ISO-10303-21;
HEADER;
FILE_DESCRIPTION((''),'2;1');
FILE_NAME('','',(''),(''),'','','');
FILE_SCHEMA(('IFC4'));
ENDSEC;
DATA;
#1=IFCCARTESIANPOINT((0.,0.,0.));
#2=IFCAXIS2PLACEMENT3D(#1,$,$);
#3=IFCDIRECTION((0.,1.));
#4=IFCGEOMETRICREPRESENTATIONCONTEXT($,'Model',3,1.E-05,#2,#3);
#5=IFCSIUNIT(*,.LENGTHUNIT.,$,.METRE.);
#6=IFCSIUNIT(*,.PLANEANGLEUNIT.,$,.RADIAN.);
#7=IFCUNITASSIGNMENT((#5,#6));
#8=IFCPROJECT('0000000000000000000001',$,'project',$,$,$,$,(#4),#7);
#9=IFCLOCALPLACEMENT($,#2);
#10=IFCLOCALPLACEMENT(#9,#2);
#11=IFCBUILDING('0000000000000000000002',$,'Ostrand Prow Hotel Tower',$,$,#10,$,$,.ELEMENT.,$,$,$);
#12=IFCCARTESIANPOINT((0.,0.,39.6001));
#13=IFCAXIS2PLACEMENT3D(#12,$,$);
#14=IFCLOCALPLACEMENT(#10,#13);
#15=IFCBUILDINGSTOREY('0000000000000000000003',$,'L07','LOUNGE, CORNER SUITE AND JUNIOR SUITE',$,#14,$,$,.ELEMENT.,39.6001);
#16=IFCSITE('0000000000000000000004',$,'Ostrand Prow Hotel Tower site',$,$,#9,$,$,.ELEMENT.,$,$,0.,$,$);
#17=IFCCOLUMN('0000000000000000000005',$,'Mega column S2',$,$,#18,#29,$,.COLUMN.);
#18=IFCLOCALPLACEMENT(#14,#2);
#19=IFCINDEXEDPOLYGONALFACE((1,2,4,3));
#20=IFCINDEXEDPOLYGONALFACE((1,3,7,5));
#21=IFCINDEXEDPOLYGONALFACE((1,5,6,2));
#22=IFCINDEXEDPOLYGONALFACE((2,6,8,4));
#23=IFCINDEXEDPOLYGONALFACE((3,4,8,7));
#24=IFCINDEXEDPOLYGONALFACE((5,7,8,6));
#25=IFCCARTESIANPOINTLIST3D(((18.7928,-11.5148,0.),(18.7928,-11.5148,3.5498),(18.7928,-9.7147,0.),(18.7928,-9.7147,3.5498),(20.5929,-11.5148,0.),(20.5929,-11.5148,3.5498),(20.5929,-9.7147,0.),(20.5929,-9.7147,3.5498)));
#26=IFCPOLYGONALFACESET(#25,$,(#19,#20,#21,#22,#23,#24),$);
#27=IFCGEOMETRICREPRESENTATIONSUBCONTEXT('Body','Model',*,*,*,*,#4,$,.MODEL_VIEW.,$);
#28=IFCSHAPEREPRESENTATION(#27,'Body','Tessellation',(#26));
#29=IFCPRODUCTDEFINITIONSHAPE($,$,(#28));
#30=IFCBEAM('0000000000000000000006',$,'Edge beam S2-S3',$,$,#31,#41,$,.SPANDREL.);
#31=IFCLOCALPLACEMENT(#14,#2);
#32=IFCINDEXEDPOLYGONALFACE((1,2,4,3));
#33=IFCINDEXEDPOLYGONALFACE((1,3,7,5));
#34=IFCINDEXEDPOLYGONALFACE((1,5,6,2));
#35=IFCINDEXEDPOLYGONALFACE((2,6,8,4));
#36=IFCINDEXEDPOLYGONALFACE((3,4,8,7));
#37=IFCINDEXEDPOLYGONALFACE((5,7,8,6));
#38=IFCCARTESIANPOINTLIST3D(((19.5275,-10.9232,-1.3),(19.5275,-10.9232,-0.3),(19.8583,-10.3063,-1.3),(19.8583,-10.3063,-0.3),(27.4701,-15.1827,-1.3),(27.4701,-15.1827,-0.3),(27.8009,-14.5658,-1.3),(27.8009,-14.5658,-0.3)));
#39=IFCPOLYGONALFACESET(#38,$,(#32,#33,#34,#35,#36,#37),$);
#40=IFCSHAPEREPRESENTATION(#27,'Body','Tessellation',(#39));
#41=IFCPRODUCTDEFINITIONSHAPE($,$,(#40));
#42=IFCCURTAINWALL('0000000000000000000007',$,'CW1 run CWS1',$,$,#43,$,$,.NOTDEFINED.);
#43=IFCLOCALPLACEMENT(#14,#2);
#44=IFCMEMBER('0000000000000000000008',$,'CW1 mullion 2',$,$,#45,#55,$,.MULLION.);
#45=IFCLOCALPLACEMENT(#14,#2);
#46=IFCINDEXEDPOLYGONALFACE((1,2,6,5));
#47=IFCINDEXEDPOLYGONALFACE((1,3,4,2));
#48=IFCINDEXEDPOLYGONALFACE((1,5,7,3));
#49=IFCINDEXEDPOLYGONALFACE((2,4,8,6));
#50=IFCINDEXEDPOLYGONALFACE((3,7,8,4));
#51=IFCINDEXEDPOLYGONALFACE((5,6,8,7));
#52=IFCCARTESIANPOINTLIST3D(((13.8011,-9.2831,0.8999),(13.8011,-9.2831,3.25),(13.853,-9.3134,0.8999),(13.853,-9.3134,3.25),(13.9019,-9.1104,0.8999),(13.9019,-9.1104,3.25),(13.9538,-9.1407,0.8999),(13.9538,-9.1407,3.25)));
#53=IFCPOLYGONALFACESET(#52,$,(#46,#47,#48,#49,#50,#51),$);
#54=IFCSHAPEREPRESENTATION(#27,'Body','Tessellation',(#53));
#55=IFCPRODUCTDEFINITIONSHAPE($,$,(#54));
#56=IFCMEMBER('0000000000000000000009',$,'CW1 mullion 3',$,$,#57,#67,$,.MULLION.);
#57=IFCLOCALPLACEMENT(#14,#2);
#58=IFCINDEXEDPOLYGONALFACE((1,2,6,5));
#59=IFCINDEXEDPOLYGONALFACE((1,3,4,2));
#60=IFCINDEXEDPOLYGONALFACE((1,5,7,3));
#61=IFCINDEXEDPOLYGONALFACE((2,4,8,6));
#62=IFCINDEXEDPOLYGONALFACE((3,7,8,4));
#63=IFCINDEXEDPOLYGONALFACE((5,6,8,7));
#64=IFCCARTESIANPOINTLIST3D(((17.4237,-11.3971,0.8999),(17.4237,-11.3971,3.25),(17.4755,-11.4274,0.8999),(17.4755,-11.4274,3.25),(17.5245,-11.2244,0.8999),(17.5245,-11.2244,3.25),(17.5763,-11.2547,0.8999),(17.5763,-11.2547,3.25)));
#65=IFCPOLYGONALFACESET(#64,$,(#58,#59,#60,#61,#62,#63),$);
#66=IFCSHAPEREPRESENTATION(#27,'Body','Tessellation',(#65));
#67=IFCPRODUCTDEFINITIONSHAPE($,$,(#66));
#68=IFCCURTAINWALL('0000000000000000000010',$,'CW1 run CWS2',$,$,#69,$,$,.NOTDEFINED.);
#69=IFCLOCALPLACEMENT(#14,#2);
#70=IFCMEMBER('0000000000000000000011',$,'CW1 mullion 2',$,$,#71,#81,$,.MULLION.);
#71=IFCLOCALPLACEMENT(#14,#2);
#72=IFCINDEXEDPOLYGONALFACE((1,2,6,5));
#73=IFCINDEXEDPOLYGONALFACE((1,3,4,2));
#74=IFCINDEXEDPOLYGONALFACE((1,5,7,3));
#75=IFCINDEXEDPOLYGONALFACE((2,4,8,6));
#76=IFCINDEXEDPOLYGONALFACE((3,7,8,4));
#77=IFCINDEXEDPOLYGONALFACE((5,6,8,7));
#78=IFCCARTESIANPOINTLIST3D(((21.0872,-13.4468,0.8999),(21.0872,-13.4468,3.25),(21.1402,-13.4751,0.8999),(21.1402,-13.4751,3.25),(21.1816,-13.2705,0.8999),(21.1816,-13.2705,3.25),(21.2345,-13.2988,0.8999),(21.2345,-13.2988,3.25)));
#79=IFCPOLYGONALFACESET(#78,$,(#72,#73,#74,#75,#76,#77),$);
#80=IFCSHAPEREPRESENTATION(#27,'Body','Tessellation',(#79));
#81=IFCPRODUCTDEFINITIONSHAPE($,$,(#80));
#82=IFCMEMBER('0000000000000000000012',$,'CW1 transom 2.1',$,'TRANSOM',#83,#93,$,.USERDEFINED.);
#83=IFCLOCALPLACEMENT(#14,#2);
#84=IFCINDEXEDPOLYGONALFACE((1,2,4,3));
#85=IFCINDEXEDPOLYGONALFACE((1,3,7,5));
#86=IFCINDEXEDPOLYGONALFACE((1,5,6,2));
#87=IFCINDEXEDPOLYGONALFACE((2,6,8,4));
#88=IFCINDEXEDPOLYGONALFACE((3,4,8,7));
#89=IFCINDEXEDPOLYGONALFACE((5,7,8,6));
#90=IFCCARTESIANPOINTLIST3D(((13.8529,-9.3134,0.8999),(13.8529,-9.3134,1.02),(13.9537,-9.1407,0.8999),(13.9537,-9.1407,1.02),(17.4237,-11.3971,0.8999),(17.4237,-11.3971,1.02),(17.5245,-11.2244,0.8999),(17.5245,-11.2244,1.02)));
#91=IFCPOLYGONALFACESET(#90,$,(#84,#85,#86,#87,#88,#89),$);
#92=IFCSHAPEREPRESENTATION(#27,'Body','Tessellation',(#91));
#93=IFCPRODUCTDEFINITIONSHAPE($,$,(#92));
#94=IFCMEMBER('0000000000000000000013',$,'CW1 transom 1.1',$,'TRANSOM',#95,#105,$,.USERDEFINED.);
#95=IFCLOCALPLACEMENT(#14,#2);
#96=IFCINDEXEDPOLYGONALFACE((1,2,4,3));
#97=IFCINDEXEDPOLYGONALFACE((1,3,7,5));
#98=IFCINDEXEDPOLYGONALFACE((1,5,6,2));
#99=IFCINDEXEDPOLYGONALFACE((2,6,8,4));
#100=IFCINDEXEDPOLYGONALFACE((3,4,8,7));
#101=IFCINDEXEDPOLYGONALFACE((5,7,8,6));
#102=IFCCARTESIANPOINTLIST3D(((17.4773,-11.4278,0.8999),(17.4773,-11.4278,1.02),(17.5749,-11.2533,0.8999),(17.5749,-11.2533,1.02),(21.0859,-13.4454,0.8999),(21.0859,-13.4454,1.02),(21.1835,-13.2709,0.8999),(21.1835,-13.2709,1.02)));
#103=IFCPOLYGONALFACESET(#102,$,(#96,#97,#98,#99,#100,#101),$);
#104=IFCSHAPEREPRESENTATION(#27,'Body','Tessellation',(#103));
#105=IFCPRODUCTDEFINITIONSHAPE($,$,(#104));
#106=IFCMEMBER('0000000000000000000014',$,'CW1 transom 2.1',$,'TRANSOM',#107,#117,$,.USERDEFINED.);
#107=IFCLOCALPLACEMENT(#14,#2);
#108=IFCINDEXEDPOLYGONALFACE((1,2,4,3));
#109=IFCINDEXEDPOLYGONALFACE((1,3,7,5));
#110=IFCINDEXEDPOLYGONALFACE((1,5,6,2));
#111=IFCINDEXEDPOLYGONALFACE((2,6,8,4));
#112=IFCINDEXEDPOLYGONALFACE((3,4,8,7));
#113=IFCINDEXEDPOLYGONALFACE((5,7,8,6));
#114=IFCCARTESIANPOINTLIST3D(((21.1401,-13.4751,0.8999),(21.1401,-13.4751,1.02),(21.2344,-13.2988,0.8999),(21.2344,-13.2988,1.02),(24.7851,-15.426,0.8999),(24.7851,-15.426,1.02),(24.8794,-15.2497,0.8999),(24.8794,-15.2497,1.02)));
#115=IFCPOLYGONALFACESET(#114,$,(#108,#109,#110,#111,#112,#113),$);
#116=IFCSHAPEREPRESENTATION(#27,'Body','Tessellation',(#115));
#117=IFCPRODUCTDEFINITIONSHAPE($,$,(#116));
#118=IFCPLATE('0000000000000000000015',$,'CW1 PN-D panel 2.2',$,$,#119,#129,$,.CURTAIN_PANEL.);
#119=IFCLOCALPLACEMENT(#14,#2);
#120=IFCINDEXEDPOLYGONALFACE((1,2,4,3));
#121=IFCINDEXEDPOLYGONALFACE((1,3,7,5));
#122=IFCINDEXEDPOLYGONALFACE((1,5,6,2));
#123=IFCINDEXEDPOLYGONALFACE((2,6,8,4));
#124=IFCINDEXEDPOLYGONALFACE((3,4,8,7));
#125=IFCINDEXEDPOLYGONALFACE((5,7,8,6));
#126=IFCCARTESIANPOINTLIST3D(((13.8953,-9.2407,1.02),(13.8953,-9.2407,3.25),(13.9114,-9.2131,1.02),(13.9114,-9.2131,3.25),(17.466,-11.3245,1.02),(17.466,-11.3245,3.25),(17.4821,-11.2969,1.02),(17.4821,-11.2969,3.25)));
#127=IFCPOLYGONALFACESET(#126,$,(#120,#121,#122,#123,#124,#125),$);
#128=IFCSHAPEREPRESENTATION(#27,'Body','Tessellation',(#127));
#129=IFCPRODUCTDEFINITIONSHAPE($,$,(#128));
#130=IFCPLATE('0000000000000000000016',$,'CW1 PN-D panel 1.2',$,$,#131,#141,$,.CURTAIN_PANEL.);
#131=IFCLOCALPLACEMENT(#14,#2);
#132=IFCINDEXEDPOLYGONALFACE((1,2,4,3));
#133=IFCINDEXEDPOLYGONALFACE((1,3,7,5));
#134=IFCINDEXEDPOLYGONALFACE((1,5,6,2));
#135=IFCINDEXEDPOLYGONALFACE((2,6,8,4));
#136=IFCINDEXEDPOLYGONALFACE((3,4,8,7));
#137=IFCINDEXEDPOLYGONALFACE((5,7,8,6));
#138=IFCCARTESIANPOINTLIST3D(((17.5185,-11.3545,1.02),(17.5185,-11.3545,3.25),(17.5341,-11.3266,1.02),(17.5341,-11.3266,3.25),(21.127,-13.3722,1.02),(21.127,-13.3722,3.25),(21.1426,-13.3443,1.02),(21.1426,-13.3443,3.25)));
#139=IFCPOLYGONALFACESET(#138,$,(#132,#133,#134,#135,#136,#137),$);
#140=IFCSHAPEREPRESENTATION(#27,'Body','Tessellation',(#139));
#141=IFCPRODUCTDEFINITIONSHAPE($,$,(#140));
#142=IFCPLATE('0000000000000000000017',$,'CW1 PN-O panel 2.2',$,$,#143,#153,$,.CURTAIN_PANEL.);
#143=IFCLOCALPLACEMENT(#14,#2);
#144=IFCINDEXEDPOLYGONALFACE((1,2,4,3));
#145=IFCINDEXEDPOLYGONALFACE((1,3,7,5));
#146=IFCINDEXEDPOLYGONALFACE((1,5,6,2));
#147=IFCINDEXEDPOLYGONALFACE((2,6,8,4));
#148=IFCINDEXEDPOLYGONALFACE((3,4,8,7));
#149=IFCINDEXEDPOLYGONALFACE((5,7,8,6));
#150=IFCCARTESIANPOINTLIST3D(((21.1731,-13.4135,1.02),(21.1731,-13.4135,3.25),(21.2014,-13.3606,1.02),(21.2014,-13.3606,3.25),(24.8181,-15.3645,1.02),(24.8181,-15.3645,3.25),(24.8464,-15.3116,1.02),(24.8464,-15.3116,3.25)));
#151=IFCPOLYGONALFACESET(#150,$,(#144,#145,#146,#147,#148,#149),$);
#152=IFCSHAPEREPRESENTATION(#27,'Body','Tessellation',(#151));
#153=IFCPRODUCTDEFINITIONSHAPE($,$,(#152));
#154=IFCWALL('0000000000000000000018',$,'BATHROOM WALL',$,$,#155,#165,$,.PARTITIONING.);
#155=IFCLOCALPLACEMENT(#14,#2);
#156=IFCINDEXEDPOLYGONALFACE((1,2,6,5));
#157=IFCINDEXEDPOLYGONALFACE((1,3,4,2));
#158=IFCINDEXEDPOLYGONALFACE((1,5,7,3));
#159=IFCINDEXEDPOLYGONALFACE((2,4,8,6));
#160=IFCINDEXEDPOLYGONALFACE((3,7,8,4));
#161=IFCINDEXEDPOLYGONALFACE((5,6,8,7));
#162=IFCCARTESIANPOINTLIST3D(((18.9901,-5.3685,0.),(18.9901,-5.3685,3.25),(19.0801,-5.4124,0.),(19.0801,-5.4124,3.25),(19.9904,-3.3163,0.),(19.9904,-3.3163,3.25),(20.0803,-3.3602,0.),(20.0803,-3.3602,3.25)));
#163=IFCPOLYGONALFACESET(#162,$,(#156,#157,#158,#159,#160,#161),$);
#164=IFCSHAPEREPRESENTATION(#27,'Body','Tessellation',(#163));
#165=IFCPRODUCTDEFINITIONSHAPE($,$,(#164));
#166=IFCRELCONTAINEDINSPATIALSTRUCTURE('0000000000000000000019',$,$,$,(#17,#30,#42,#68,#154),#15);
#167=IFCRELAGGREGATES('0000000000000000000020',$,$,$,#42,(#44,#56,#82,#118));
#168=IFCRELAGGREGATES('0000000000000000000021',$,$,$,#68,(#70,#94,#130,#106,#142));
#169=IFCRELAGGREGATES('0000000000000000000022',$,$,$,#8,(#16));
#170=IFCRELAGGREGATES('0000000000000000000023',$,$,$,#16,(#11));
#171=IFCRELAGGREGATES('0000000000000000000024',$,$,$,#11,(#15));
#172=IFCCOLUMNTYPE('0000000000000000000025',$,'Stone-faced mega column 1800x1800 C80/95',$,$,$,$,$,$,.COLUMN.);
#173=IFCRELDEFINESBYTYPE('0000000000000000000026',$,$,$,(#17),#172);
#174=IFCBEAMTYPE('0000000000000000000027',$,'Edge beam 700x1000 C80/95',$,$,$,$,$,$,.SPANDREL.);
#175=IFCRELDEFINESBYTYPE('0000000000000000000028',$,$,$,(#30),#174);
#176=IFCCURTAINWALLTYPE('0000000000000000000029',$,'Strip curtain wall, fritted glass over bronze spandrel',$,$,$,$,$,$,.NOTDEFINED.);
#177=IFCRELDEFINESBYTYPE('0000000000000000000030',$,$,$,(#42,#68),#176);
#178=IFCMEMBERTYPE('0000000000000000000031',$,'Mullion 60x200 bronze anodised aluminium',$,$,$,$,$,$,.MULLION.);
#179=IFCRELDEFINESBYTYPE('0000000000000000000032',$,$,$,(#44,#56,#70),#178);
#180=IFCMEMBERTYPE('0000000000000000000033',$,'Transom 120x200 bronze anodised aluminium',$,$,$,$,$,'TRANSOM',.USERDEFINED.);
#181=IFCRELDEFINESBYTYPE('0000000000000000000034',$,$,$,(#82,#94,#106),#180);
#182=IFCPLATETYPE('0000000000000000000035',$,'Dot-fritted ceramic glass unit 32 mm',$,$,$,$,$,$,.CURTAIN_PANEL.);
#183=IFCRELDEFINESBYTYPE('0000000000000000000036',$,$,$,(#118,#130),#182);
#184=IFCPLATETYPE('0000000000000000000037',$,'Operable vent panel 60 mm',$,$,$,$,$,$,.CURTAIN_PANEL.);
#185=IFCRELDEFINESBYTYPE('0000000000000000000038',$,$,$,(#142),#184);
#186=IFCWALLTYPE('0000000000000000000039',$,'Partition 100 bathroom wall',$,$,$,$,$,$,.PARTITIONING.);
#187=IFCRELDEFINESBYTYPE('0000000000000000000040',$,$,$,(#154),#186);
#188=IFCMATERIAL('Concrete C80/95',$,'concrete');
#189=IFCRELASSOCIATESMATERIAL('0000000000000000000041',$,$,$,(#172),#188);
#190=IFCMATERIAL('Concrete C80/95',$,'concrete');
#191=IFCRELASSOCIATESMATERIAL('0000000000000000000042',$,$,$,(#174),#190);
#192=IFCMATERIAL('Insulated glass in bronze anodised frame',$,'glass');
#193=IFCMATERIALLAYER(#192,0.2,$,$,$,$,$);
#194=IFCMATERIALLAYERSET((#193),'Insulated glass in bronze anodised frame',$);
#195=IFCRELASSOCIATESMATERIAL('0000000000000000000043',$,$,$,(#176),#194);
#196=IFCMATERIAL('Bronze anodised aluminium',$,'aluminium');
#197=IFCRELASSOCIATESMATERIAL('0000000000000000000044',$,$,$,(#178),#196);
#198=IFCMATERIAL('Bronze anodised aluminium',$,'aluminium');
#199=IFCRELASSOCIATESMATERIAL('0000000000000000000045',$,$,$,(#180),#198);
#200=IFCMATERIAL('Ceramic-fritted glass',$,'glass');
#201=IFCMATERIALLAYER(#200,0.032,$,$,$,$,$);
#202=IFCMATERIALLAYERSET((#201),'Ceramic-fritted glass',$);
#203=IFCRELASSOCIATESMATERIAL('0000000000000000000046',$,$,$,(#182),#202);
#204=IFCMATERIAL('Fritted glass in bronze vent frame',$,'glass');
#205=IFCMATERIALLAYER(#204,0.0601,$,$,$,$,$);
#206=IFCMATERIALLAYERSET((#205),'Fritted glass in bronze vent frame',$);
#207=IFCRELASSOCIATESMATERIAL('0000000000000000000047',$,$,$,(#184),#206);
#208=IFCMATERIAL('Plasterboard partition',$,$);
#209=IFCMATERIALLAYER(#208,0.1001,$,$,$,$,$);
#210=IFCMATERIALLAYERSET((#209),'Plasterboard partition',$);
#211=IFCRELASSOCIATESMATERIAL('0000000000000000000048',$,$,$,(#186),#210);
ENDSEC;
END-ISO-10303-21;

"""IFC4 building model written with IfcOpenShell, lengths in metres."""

from ifc_helpers import new_model, si_unit, direction, frame, frame_2d, origin, origin_2d, place, context, subcontext, project, spatial, rectangle, extrude, material, layer, layer_set, material_profile, profile_set, type_object, element, aggregate, save


model = new_model("IFC4")

# Units and contexts
model_context = context("Model", 3, precision=1e-05, world=origin(), true_north=direction((0.0, 1.0)))
body_context = subcontext(model_context, "Body", "Model", "MODEL_VIEW")
ifc_project = project(units=[si_unit("LENGTHUNIT", "METRE"), si_unit("PLANEANGLEUNIT", "RADIAN")], contexts=[model_context])

# Site, building, storey
site_placement = place(None, origin())
site = spatial("IfcSite", under=ifc_project, at=site_placement, Name="Ostrand Prow Hotel Tower site", CompositionType="ELEMENT", RefElevation=0.0)
building_placement = place(site_placement, origin())
building = spatial("IfcBuilding", under=site, at=building_placement, Name="Ostrand Prow Hotel Tower", CompositionType="ELEMENT")
storey_placement = place(building_placement, frame((0.0, 0.0, 39.6001)))
storey = spatial("IfcBuildingStorey", under=building, at=storey_placement, Name="L07", Description="LOUNGE, CORNER SUITE AND JUNIOR SUITE", CompositionType="ELEMENT", Elevation=39.6001)

# Column
ifc_material_1 = material(Name="Concrete C80/95", Category="concrete")
ifc_material_profile_1 = material_profile(ifc_material_1, rectangle(XDim=1.8, YDim=1.8, at=origin_2d()), Name="RC 1800x1800")
ifc_profile_set_1 = profile_set([ifc_material_profile_1], Name="Concrete C80/95")
column_type = type_object("IfcColumnType", Name="Stone-faced mega column 1800x1800 C80/95", PredefinedType="COLUMN", material=ifc_profile_set_1)
column_placement = place(storey_placement, frame((19.6929, -10.6147, 0.0), z_axis=(0.0, 0.0, 1.0), x_axis=(1.0, 0.0, 0.0)))
element("IfcColumn", 1, at=column_placement, inside=storey, type_object=column_type, Name="Mega column S2", PredefinedType="COLUMN", context=body_context, shape_type="SweptSolid", body=[
    extrude(rectangle(XDim=1.8, YDim=1.8, at=origin_2d()), origin(), (0.0, 0.0, 1.0), 3.5498),
])

# Beam
ifc_material_2 = material(Name="Concrete C80/95", Category="concrete")
ifc_material_profile_2 = material_profile(ifc_material_2, rectangle(XDim=0.7, YDim=1.0, at=origin_2d()), Name="RC 700x1000")
ifc_profile_set_2 = profile_set([ifc_material_profile_2], Name="Concrete C80/95")
beam_type = type_object("IfcBeamType", Name="Edge beam 700x1000 C80/95", PredefinedType="SPANDREL", material=ifc_profile_set_2)
beam_placement = place(storey_placement, frame((19.6929, -10.6147, -0.8), z_axis=(0.88127, -0.472613, 0.0), x_axis=(0.472613, 0.88127, 0.0)))
element("IfcBeam", 2, at=beam_placement, inside=storey, type_object=beam_type, Name="Edge beam S2-S3", PredefinedType="SPANDREL", context=body_context, shape_type="SweptSolid", body=[
    extrude(rectangle(XDim=0.7, YDim=1.0, at=origin_2d()), origin(), (0.0, 0.0, 1.0), 9.0127),
])

# Curtain wall, members
ifc_material_3 = material(Name="Insulated glass in bronze anodised frame", Category="glass")
ifc_layer_1 = layer(ifc_material_3, 0.2)
ifc_layer_set_1 = layer_set([ifc_layer_1], Name="Insulated glass in bronze anodised frame")
curtain_wall_type = type_object("IfcCurtainWallType", Name="Strip curtain wall, fritted glass over bronze spandrel", PredefinedType="NOTDEFINED", material=ifc_layer_set_1)
curtain_wall_1_placement = place(storey_placement, origin())
curtain_wall_1 = element("IfcCurtainWall", 3, at=curtain_wall_1_placement, inside=storey, type_object=curtain_wall_type, Name="CW1 run CWS1", PredefinedType="NOTDEFINED")
ifc_material_4 = material(Name="Bronze anodised aluminium", Category="aluminium")
ifc_material_profile_3 = material_profile(ifc_material_4, rectangle(XDim=0.2, YDim=0.0601, at=origin_2d()), Name="Mullion 60x200 bronze anodised aluminium")
ifc_profile_set_3 = profile_set([ifc_material_profile_3], Name="Bronze anodised aluminium")
member_type_1 = type_object("IfcMemberType", Name="Mullion 60x200 bronze anodised aluminium", PredefinedType="MULLION", material=ifc_profile_set_3)
member_1_placement = place(storey_placement, frame((13.8774, -9.2119, 0.8999), z_axis=(0.0, 0.0, 1.0), x_axis=(0.504023, 0.86369, 0.0)))
member_1 = element("IfcMember", 4, at=member_1_placement, type_object=member_type_1, Name="CW1 mullion 2", PredefinedType="MULLION", context=body_context, shape_type="SweptSolid", body=[
    extrude(rectangle(XDim=0.2, YDim=0.0601, at=origin_2d()), origin(), (0.0, 0.0, 1.0), 2.3501),
])
member_2_placement = place(storey_placement, frame((17.5, -11.3259, 0.8999), z_axis=(0.0, 0.0, 1.0), x_axis=(0.504023, 0.86369, 0.0)))
member_2 = element("IfcMember", 5, at=member_2_placement, type_object=member_type_1, Name="CW1 mullion 3", PredefinedType="MULLION", context=body_context, shape_type="SweptSolid", body=[
    extrude(rectangle(XDim=0.2, YDim=0.0601, at=origin_2d()), origin(), (0.0, 0.0, 1.0), 2.3501),
])

# Curtain wall, member
curtain_wall_2_placement = place(storey_placement, origin())
curtain_wall_2 = element("IfcCurtainWall", 6, at=curtain_wall_2_placement, inside=storey, type_object=curtain_wall_type, Name="CW1 run CWS2", PredefinedType="NOTDEFINED")
member_3_placement = place(storey_placement, frame((21.1609, -13.3728, 0.8999), z_axis=(0.0, 0.0, 1.0), x_axis=(0.4719, 0.881652, 0.0)))
member_3 = element("IfcMember", 7, at=member_3_placement, type_object=member_type_1, Name="CW1 mullion 2", PredefinedType="MULLION", context=body_context, shape_type="SweptSolid", body=[
    extrude(rectangle(XDim=0.2, YDim=0.0601, at=origin_2d()), origin(), (0.0, 0.0, 1.0), 2.3501),
])

# Members
ifc_material_5 = material(Name="Bronze anodised aluminium", Category="aluminium")
ifc_material_profile_4 = material_profile(ifc_material_5, rectangle(XDim=0.2, YDim=0.1201, at=origin_2d()), Name="Transom 120x200 bronze anodised aluminium")
ifc_profile_set_4 = profile_set([ifc_material_profile_4], Name="Bronze anodised aluminium")
member_type_2 = type_object("IfcMemberType", Name="Transom 120x200 bronze anodised aluminium", ElementType="TRANSOM", PredefinedType="USERDEFINED", material=ifc_profile_set_4)
member_4_placement = place(storey_placement, frame((13.9033, -9.2271, 0.96), z_axis=(0.863698, -0.504011, 0.0), x_axis=(0.504011, 0.863698, 0.0)))
member_4 = element("IfcMember", 8, at=member_4_placement, type_object=member_type_2, Name="CW1 transom 2.1", ObjectType="TRANSOM", PredefinedType="USERDEFINED", context=body_context, shape_type="SweptSolid", body=[
    extrude(rectangle(XDim=0.2, YDim=0.1201, at=origin_2d()), origin(), (0.0, 0.0, 1.0), 4.1343),
])
member_5_placement = place(storey_placement, frame((17.5261, -11.3406, 0.96), z_axis=(0.872842, -0.488003, 0.0), x_axis=(0.488003, 0.872842, 0.0)))
member_5 = element("IfcMember", 9, at=member_5_placement, type_object=member_type_2, Name="CW1 transom 1.1", ObjectType="TRANSOM", PredefinedType="USERDEFINED", context=body_context, shape_type="SweptSolid", body=[
    extrude(rectangle(XDim=0.2, YDim=0.1201, at=origin_2d()), origin(), (0.0, 0.0, 1.0), 4.1343),
])
member_6_placement = place(storey_placement, frame((21.1873, -13.387, 0.96), z_axis=(0.881657, -0.47189, 0.0), x_axis=(0.47189, 0.881657, 0.0)))
member_6 = element("IfcMember", 10, at=member_6_placement, type_object=member_type_2, Name="CW1 transom 2.1", ObjectType="TRANSOM", PredefinedType="USERDEFINED", context=body_context, shape_type="SweptSolid", body=[
    extrude(rectangle(XDim=0.2, YDim=0.1201, at=origin_2d()), origin(), (0.0, 0.0, 1.0), 4.1343),
])

# Plates
ifc_material_6 = material(Name="Ceramic-fritted glass", Category="glass")
ifc_layer_2 = layer(ifc_material_6, 0.032)
ifc_layer_set_2 = layer_set([ifc_layer_2], Name="Ceramic-fritted glass")
plate_type_1 = type_object("IfcPlateType", Name="Dot-fritted ceramic glass unit 32 mm", PredefinedType="CURTAIN_PANEL", material=ifc_layer_set_2)
plate_1_placement = place(storey_placement, frame((15.6887, -10.2688, 1.02), z_axis=(0.0, 0.0, 1.0), x_axis=(0.86369, -0.504023, 0.0)))
plate_1 = element("IfcPlate", 11, at=plate_1_placement, type_object=plate_type_1, Name="CW1 PN-D panel 2.2", PredefinedType="CURTAIN_PANEL", context=body_context, shape_type="SweptSolid", body=[
    extrude(rectangle(XDim=4.1343, YDim=0.032, at=origin_2d()), origin(), (0.0, 0.0, 1.0), 2.23),
])
aggregate(curtain_wall_1, [member_1, member_2, member_4, plate_1])
plate_2_placement = place(storey_placement, frame((19.3306, -12.3494, 1.02), z_axis=(0.0, 0.0, 1.0), x_axis=(0.872819, -0.488044, 0.0)))
plate_2 = element("IfcPlate", 12, at=plate_2_placement, type_object=plate_type_1, Name="CW1 PN-D panel 1.2", PredefinedType="CURTAIN_PANEL", context=body_context, shape_type="SweptSolid", body=[
    extrude(rectangle(XDim=4.1343, YDim=0.032, at=origin_2d()), origin(), (0.0, 0.0, 1.0), 2.23),
])
ifc_material_7 = material(Name="Fritted glass in bronze vent frame", Category="glass")
ifc_layer_3 = layer(ifc_material_7, 0.0601)
ifc_layer_set_3 = layer_set([ifc_layer_3], Name="Fritted glass in bronze vent frame")
plate_type_2 = type_object("IfcPlateType", Name="Operable vent panel 60 mm", PredefinedType="CURTAIN_PANEL", material=ifc_layer_set_3)
plate_3_placement = place(storey_placement, frame((23.0098, -14.3625, 1.02), z_axis=(0.0, 0.0, 1.0), x_axis=(0.881652, -0.4719, 0.0)))
plate_3 = element("IfcPlate", 13, at=plate_3_placement, type_object=plate_type_2, Name="CW1 PN-O panel 2.2", PredefinedType="CURTAIN_PANEL", context=body_context, shape_type="SweptSolid", body=[
    extrude(rectangle(XDim=4.1343, YDim=0.0601, at=origin_2d()), origin(), (0.0, 0.0, 1.0), 2.23),
])
aggregate(curtain_wall_2, [member_3, member_5, plate_2, member_6, plate_3])

# Wall
ifc_material_8 = material(Name="Plasterboard partition")
ifc_layer_4 = layer(ifc_material_8, 0.1001)
ifc_layer_set_4 = layer_set([ifc_layer_4], Name="Plasterboard partition")
wall_type_1 = type_object("IfcWallType", Name="Partition 100 bathroom wall", PredefinedType="PARTITIONING", material=ifc_layer_set_4)
wall_1_placement = place(storey_placement, frame((20.0354, -3.3381, 0.0), z_axis=(0.0, 0.0, 1.0), x_axis=(-0.438122, -0.898915, 0.0)))
element("IfcWall", 14, at=wall_1_placement, inside=storey, type_object=wall_type_1, Name="BATHROOM WALL", PredefinedType="PARTITIONING", context=body_context, shape_type="SweptSolid", body=[
    extrude(rectangle(XDim=2.283, YDim=0.1001, at=frame_2d((1.1416, 0.0))), origin(), (0.0, 0.0, 1.0), 3.25),
])

save(model, "model.ifc")
